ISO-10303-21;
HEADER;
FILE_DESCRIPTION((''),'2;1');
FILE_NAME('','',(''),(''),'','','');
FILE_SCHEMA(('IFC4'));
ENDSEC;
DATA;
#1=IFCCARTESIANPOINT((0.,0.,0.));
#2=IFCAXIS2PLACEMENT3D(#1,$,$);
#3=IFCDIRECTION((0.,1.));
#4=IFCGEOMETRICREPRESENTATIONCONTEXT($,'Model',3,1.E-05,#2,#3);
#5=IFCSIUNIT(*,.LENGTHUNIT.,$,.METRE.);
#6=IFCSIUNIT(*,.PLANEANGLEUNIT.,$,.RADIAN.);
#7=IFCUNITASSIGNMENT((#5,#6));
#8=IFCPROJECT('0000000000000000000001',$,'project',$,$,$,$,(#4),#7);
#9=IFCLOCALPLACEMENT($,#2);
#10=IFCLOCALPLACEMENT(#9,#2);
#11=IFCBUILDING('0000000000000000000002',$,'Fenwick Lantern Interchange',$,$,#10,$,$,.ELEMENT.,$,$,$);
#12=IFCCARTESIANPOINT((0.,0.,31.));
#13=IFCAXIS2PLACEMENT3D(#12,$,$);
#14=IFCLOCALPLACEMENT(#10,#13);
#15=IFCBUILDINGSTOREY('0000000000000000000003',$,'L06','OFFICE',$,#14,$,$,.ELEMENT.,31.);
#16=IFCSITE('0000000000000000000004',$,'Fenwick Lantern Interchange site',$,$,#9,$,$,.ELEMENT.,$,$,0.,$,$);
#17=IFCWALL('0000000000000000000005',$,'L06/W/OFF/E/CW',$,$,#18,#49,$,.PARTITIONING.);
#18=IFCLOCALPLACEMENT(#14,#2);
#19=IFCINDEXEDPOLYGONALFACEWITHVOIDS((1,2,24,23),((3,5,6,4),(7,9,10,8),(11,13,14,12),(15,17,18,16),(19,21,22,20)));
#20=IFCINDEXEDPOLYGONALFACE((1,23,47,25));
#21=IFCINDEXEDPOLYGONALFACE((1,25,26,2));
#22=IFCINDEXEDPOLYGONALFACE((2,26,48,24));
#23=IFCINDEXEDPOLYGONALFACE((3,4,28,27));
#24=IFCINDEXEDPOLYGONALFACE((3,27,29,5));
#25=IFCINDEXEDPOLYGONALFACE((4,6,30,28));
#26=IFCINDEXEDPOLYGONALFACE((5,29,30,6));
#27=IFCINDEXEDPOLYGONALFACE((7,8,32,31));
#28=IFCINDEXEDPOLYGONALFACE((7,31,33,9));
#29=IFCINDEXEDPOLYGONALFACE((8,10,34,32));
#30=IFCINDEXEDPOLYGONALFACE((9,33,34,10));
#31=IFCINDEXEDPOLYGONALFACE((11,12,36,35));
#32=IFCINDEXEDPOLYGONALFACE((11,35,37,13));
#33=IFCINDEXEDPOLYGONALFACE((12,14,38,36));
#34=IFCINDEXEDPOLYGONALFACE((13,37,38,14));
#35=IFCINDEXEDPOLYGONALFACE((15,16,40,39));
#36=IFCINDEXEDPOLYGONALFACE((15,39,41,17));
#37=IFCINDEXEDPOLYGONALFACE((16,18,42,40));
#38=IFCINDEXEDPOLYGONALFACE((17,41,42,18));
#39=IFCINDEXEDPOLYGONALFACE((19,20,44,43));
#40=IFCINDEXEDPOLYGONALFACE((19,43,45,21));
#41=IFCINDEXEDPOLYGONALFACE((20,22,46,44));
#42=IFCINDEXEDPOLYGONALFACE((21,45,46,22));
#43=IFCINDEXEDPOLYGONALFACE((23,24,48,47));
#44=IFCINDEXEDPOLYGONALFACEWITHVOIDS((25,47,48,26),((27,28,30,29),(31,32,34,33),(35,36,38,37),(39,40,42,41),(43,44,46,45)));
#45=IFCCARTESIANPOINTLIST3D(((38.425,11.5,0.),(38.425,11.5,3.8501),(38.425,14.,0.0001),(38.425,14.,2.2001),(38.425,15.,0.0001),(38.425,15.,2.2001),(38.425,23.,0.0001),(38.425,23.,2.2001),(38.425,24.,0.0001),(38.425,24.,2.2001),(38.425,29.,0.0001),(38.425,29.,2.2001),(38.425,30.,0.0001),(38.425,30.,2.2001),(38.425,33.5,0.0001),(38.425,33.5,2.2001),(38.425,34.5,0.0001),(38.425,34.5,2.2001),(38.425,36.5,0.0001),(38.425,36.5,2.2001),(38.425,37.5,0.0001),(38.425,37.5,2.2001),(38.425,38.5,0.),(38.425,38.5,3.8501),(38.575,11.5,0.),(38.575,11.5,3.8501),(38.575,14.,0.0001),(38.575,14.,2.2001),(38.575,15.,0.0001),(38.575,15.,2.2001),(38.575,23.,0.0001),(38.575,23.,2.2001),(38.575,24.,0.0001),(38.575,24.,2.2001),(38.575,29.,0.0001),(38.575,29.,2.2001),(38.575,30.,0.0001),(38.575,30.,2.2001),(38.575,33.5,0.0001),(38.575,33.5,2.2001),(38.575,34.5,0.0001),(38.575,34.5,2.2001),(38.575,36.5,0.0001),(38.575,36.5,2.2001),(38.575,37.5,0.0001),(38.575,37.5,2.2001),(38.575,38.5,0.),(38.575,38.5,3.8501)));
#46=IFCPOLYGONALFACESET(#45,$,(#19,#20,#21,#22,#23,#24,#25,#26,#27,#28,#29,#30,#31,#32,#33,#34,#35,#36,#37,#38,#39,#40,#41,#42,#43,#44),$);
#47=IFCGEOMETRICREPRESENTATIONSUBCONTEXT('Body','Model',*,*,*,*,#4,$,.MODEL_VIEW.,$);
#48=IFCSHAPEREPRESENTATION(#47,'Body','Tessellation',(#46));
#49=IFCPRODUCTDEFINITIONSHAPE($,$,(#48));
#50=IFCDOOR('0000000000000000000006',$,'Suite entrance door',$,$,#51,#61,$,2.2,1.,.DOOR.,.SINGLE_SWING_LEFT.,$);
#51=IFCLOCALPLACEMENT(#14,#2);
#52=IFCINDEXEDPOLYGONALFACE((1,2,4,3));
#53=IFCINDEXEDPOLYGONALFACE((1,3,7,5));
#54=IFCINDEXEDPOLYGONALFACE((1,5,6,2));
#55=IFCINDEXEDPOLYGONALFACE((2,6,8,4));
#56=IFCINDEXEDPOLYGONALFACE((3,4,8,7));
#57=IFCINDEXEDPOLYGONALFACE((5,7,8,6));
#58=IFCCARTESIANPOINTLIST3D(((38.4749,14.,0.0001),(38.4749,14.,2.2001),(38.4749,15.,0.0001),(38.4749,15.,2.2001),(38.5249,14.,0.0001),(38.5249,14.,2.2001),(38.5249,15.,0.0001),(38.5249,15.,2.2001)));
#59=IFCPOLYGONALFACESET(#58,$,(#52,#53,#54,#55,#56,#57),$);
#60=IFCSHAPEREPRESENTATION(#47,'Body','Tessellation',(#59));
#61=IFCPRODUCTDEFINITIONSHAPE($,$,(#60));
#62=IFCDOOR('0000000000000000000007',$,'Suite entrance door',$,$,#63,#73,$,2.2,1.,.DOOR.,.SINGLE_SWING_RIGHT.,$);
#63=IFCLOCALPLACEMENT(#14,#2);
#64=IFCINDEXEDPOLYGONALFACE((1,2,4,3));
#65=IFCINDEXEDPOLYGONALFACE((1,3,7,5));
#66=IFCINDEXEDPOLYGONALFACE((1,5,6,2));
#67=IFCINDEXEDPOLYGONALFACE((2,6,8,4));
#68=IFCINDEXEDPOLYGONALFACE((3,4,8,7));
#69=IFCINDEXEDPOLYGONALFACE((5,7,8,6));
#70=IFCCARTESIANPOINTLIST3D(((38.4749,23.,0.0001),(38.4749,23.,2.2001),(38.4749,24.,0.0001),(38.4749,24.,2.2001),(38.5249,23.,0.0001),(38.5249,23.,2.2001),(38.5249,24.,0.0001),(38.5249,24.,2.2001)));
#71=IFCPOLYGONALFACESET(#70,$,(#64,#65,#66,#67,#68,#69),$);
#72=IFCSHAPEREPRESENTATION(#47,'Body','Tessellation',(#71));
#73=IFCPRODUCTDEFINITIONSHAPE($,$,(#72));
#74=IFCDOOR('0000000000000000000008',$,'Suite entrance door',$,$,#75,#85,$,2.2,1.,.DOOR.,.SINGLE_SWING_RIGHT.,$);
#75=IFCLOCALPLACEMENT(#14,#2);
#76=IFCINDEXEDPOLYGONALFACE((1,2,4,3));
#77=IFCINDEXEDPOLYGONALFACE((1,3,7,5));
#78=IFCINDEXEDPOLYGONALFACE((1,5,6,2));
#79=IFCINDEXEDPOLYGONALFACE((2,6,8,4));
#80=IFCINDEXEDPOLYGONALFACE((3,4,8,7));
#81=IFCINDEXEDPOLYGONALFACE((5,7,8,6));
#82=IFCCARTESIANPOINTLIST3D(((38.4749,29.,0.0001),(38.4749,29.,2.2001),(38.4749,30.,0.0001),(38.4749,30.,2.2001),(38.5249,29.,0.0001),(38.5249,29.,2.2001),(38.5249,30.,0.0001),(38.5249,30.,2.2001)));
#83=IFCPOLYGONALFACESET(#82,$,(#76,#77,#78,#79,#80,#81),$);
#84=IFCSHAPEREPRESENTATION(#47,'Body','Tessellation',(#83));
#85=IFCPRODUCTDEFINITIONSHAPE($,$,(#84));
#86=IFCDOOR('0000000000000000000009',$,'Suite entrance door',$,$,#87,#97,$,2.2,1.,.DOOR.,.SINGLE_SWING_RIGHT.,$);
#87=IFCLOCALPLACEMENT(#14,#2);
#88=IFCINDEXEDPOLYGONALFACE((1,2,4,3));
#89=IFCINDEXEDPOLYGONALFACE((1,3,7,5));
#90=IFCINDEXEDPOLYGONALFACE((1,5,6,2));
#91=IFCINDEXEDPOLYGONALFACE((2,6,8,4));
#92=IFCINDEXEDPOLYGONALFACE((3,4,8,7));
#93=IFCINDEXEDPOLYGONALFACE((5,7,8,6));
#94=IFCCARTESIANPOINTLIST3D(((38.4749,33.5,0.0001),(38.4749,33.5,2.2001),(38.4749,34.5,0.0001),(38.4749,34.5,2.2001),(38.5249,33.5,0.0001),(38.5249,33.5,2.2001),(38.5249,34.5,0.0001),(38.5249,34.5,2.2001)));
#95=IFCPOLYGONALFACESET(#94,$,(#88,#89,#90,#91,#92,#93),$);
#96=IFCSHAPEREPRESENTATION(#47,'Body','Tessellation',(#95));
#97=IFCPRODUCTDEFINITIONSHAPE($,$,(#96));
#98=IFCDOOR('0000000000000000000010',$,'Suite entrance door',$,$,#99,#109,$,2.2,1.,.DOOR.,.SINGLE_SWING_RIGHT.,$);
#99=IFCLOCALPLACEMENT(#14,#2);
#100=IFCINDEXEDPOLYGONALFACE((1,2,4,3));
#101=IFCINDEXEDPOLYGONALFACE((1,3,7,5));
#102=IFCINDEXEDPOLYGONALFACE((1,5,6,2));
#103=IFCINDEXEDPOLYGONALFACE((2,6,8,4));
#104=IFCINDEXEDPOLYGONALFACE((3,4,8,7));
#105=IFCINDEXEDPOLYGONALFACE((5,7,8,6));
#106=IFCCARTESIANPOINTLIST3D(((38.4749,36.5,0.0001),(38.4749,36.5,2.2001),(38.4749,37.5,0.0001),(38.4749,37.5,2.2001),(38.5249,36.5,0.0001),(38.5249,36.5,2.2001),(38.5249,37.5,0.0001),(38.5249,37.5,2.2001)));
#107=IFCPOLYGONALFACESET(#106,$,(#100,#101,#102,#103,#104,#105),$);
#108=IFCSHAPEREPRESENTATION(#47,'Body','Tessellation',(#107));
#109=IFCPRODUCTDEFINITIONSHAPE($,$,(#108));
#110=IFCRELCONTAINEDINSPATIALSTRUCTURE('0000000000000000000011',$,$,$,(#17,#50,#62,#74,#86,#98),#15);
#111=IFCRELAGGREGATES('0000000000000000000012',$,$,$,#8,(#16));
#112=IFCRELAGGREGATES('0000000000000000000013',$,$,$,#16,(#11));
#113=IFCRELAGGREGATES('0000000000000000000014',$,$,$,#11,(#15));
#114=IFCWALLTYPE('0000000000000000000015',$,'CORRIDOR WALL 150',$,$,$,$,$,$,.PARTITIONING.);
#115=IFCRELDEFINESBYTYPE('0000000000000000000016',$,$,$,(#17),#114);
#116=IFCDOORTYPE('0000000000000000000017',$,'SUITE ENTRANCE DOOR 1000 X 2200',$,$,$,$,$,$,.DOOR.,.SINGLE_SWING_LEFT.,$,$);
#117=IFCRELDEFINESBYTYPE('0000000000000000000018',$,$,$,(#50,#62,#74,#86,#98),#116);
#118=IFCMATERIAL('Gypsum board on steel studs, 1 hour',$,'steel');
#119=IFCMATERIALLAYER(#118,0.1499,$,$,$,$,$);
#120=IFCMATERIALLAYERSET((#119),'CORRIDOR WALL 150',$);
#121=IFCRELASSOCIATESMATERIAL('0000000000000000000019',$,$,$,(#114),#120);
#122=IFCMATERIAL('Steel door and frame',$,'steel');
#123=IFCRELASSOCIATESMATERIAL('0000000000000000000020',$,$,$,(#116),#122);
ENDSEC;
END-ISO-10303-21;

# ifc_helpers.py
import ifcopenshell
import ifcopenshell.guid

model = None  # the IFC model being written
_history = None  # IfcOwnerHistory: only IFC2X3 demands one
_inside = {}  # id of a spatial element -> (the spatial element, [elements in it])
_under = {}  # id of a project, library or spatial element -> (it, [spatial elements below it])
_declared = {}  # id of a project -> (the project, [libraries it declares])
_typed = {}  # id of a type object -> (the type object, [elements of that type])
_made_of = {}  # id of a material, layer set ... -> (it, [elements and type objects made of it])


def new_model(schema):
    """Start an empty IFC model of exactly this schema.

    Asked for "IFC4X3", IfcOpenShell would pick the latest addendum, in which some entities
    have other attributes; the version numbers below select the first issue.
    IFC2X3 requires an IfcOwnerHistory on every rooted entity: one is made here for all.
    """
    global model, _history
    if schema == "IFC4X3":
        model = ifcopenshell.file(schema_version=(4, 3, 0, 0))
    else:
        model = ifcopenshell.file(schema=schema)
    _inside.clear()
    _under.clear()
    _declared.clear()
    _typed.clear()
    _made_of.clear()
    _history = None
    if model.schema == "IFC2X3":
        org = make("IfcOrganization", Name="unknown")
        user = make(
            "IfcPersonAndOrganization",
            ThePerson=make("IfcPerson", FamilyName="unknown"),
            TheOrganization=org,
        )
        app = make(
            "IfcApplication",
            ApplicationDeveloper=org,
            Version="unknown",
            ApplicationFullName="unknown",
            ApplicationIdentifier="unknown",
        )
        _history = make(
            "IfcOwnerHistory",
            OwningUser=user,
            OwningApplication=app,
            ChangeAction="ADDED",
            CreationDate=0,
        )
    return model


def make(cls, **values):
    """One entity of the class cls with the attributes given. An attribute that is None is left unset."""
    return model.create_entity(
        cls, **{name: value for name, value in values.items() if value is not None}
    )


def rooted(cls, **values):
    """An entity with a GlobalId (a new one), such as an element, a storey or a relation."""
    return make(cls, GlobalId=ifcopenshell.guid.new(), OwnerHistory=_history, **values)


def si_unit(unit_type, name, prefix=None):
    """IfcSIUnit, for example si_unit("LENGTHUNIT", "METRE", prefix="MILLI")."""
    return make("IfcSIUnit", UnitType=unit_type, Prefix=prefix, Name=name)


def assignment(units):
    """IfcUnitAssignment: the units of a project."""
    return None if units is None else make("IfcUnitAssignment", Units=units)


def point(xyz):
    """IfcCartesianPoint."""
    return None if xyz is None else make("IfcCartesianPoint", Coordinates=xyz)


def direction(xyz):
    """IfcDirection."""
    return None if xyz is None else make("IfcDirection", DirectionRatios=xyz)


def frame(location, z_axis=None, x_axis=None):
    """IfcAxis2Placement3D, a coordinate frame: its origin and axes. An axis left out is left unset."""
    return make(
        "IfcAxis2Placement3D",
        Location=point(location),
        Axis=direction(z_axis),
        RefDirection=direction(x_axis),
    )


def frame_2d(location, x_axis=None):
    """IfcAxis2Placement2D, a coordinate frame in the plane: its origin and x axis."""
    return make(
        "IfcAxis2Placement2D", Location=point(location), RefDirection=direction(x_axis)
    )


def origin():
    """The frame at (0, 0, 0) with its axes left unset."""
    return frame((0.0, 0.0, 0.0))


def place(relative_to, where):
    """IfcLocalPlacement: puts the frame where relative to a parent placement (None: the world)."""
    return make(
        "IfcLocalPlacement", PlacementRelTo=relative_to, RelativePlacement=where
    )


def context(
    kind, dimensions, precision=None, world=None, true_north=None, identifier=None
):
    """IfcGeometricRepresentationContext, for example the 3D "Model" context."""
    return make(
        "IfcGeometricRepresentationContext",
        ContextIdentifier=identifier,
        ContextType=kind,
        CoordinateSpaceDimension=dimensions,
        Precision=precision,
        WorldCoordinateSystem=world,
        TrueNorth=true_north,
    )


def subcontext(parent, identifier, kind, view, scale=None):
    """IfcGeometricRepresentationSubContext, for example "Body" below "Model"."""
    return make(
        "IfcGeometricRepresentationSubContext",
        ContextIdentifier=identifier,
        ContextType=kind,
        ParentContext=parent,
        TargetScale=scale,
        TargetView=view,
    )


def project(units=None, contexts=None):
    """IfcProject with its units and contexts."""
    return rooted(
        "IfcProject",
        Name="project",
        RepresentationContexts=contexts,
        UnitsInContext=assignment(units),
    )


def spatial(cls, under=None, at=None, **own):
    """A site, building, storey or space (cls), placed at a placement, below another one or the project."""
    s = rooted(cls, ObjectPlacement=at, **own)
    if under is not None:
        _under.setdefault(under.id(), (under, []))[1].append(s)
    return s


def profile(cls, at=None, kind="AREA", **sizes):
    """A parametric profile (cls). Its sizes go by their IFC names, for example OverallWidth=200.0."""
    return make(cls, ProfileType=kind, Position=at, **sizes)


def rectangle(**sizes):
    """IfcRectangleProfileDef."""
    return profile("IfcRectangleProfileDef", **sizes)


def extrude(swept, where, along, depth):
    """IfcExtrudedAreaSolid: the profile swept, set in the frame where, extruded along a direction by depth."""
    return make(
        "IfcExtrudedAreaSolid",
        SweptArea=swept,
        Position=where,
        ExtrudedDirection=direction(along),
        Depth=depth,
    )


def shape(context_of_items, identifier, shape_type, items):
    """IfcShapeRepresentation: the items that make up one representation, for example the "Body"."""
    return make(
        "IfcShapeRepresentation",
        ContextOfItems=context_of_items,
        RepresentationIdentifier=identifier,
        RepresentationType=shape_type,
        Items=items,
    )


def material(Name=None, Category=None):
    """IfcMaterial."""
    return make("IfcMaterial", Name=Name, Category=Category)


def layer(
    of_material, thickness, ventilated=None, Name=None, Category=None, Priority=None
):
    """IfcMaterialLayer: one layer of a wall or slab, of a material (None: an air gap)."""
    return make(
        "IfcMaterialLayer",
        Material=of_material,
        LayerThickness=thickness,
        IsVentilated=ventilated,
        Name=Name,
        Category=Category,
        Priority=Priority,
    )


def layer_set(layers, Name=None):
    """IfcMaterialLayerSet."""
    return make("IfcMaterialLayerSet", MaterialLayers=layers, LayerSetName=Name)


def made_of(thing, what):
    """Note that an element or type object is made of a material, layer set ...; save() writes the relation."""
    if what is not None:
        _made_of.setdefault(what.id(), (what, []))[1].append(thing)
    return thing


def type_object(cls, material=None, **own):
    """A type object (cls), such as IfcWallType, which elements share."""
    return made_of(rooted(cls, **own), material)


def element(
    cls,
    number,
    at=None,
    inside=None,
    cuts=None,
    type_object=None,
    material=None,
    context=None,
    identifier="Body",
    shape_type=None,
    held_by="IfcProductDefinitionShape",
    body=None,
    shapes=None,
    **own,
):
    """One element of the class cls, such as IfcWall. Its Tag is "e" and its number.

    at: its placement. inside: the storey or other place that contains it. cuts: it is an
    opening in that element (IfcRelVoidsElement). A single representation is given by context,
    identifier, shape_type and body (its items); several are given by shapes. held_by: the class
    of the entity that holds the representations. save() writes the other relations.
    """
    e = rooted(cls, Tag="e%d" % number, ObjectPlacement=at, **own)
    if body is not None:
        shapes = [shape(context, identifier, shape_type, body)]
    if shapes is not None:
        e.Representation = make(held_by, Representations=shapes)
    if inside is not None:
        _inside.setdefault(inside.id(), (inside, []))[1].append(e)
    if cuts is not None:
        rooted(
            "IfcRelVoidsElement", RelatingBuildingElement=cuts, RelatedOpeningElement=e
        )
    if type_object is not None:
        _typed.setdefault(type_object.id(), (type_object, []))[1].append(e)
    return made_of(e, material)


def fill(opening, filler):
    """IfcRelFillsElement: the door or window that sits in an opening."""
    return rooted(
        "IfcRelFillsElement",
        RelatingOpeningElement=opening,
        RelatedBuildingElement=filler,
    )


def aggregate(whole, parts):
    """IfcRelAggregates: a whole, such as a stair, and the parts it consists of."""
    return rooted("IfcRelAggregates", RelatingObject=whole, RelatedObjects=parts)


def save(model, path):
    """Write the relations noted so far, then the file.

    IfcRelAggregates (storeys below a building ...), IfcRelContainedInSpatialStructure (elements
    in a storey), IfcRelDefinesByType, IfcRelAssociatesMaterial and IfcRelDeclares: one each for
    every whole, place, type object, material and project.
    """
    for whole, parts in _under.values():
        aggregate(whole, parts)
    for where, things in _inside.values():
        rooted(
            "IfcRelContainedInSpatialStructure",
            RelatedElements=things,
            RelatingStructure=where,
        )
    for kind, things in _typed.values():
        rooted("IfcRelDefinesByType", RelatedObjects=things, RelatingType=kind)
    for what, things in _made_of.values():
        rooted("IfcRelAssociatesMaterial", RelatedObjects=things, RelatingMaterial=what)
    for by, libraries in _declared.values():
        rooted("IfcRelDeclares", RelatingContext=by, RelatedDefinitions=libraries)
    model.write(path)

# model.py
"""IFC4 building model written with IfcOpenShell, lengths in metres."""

from ifc_helpers import new_model, si_unit, direction, frame, frame_2d, origin, place, context, subcontext, project, spatial, rectangle, extrude, material, layer, layer_set, type_object, element, fill, save


model = new_model("IFC4")

# Units and contexts
model_context = context("Model", 3, precision=1e-05, world=origin(), true_north=direction((0.0, 1.0)))
body_context = subcontext(model_context, "Body", "Model", "MODEL_VIEW")
ifc_project = project(units=[si_unit("LENGTHUNIT", "METRE"), si_unit("PLANEANGLEUNIT", "RADIAN")], contexts=[model_context])

# Site, building, storey
site_placement = place(None, origin())
site = spatial("IfcSite", under=ifc_project, at=site_placement, Name="Fenwick Lantern Interchange site", CompositionType="ELEMENT", RefElevation=0.0)
building_placement = place(site_placement, origin())
building = spatial("IfcBuilding", under=site, at=building_placement, Name="Fenwick Lantern Interchange", CompositionType="ELEMENT")
storey_placement = place(building_placement, frame((0.0, 0.0, 31.0)))
storey = spatial("IfcBuildingStorey", under=building, at=storey_placement, Name="L06", Description="OFFICE", CompositionType="ELEMENT", Elevation=31.0)

# Wall, openings, doors
ifc_material_1 = material(Name="Steel door and frame", Category="steel")
ifc_material_2 = material(Name="Gypsum board on steel studs, 1 hour", Category="steel")
ifc_layer_1 = layer(ifc_material_2, 0.1499)
ifc_layer_set_1 = layer_set([ifc_layer_1], Name="CORRIDOR WALL 150")
wall_type_1 = type_object("IfcWallType", Name="CORRIDOR WALL 150", PredefinedType="PARTITIONING", material=ifc_layer_set_1)
wall_1_placement = place(storey_placement, frame((38.5, 11.5, 0.0), z_axis=(0.0, 0.0, 1.0), x_axis=(0.0, 1.0, 0.0)))
wall_1 = element("IfcWall", 1, at=wall_1_placement, inside=storey, type_object=wall_type_1, Name="L06/W/OFF/E/CW", PredefinedType="PARTITIONING", context=body_context, shape_type="SweptSolid", body=[
    extrude(rectangle(XDim=27.0, YDim=0.1499, at=frame_2d((13.5, 0.0))), origin(), (0.0, 0.0, 1.0), 3.8501),
])
opening_1_placement = place(wall_1_placement, frame((2.5, 0.0, 0.0)))
opening_1 = element("IfcOpeningElement", 2, at=opening_1_placement, cuts=wall_1, PredefinedType="OPENING", context=body_context, shape_type="SweptSolid", body=[
    extrude(rectangle(XDim=1.0, YDim=2.2, at=frame_2d((0.5, 1.1001))), frame((0.0, 0.085, 0.0), z_axis=(0.0, -1.0, 0.0), x_axis=(1.0, 0.0, 0.0)), (0.0, 0.0, 1.0), 0.1699),
])
opening_2_placement = place(wall_1_placement, frame((11.5, 0.0, 0.0)))
opening_2 = element("IfcOpeningElement", 3, at=opening_2_placement, cuts=wall_1, PredefinedType="OPENING", context=body_context, shape_type="SweptSolid", body=[
    extrude(rectangle(XDim=1.0, YDim=2.2, at=frame_2d((0.5, 1.1001))), frame((0.0, 0.085, 0.0), z_axis=(0.0, -1.0, 0.0), x_axis=(1.0, 0.0, 0.0)), (0.0, 0.0, 1.0), 0.1699),
])
opening_3_placement = place(wall_1_placement, frame((17.5, 0.0, 0.0)))
opening_3 = element("IfcOpeningElement", 4, at=opening_3_placement, cuts=wall_1, PredefinedType="OPENING", context=body_context, shape_type="SweptSolid", body=[
    extrude(rectangle(XDim=1.0, YDim=2.2, at=frame_2d((0.5, 1.1001))), frame((0.0, 0.085, 0.0), z_axis=(0.0, -1.0, 0.0), x_axis=(1.0, 0.0, 0.0)), (0.0, 0.0, 1.0), 0.1699),
])
opening_4_placement = place(wall_1_placement, frame((22.0, 0.0, 0.0)))
opening_4 = element("IfcOpeningElement", 5, at=opening_4_placement, cuts=wall_1, PredefinedType="OPENING", context=body_context, shape_type="SweptSolid", body=[
    extrude(rectangle(XDim=1.0, YDim=2.2, at=frame_2d((0.5, 1.1001))), frame((0.0, 0.085, 0.0), z_axis=(0.0, -1.0, 0.0), x_axis=(1.0, 0.0, 0.0)), (0.0, 0.0, 1.0), 0.1699),
])
opening_5_placement = place(wall_1_placement, frame((25.0, 0.0, 0.0)))
opening_5 = element("IfcOpeningElement", 6, at=opening_5_placement, cuts=wall_1, PredefinedType="OPENING", context=body_context, shape_type="SweptSolid", body=[
    extrude(rectangle(XDim=1.0, YDim=2.2, at=frame_2d((0.5, 1.1001))), frame((0.0, 0.085, 0.0), z_axis=(0.0, -1.0, 0.0), x_axis=(1.0, 0.0, 0.0)), (0.0, 0.0, 1.0), 0.1699),
])
door_type_1 = type_object("IfcDoorType", Name="SUITE ENTRANCE DOOR 1000 X 2200", OperationType="SINGLE_SWING_LEFT", PredefinedType="DOOR", material=ifc_material_1)
door_1_placement = place(opening_1_placement, frame((1.0, 0.0, 0.0), z_axis=(0.0, 0.0, 1.0), x_axis=(-1.0, 0.0, 0.0)))
door_1 = element("IfcDoor", 7, at=door_1_placement, inside=storey, type_object=door_type_1, Name="Suite entrance door", OperationType="SINGLE_SWING_LEFT", OverallHeight=2.2, OverallWidth=1.0, PredefinedType="DOOR", context=body_context, shape_type="SweptSolid", body=[
    extrude(rectangle(XDim=1.0, YDim=2.2, at=frame_2d((0.5, 1.1001))), frame((0.0, 0.0249, 0.0), z_axis=(0.0, -1.0, 0.0), x_axis=(1.0, 0.0, 0.0)), (0.0, 0.0, 1.0), 0.05),
])
fill(opening_1, door_1)
door_2_placement = place(opening_2_placement, frame((1.0, 0.0, 0.0), z_axis=(0.0, 0.0, 1.0), x_axis=(-1.0, 0.0, 0.0)))
door_2 = element("IfcDoor", 8, at=door_2_placement, inside=storey, type_object=door_type_1, Name="Suite entrance door", OperationType="SINGLE_SWING_RIGHT", OverallHeight=2.2, OverallWidth=1.0, PredefinedType="DOOR", context=body_context, shape_type="SweptSolid", body=[
    extrude(rectangle(XDim=1.0, YDim=2.2, at=frame_2d((0.5, 1.1001))), frame((0.0, 0.0249, 0.0), z_axis=(0.0, -1.0, 0.0), x_axis=(1.0, 0.0, 0.0)), (0.0, 0.0, 1.0), 0.05),
])
fill(opening_2, door_2)
door_3_placement = place(opening_3_placement, frame((1.0, 0.0, 0.0), z_axis=(0.0, 0.0, 1.0), x_axis=(-1.0, 0.0, 0.0)))
door_3 = element("IfcDoor", 9, at=door_3_placement, inside=storey, type_object=door_type_1, Name="Suite entrance door", OperationType="SINGLE_SWING_RIGHT", OverallHeight=2.2, OverallWidth=1.0, PredefinedType="DOOR", context=body_context, shape_type="SweptSolid", body=[
    extrude(rectangle(XDim=1.0, YDim=2.2, at=frame_2d((0.5, 1.1001))), frame((0.0, 0.0249, 0.0), z_axis=(0.0, -1.0, 0.0), x_axis=(1.0, 0.0, 0.0)), (0.0, 0.0, 1.0), 0.05),
])
fill(opening_3, door_3)
door_4_placement = place(opening_4_placement, frame((1.0, 0.0, 0.0), z_axis=(0.0, 0.0, 1.0), x_axis=(-1.0, 0.0, 0.0)))
door_4 = element("IfcDoor", 10, at=door_4_placement, inside=storey, type_object=door_type_1, Name="Suite entrance door", OperationType="SINGLE_SWING_RIGHT", OverallHeight=2.2, OverallWidth=1.0, PredefinedType="DOOR", context=body_context, shape_type="SweptSolid", body=[
    extrude(rectangle(XDim=1.0, YDim=2.2, at=frame_2d((0.5, 1.1001))), frame((0.0, 0.0249, 0.0), z_axis=(0.0, -1.0, 0.0), x_axis=(1.0, 0.0, 0.0)), (0.0, 0.0, 1.0), 0.05),
])
fill(opening_4, door_4)
door_5_placement = place(opening_5_placement, frame((1.0, 0.0, 0.0), z_axis=(0.0, 0.0, 1.0), x_axis=(-1.0, 0.0, 0.0)))
door_5 = element("IfcDoor", 11, at=door_5_placement, inside=storey, type_object=door_type_1, Name="Suite entrance door", OperationType="SINGLE_SWING_RIGHT", OverallHeight=2.2, OverallWidth=1.0, PredefinedType="DOOR", context=body_context, shape_type="SweptSolid", body=[
    extrude(rectangle(XDim=1.0, YDim=2.2, at=frame_2d((0.5, 1.1001))), frame((0.0, 0.0249, 0.0), z_axis=(0.0, -1.0, 0.0), x_axis=(1.0, 0.0, 0.0)), (0.0, 0.0, 1.0), 0.05),
])
fill(opening_5, door_5)

save(model, "model.ifc")
